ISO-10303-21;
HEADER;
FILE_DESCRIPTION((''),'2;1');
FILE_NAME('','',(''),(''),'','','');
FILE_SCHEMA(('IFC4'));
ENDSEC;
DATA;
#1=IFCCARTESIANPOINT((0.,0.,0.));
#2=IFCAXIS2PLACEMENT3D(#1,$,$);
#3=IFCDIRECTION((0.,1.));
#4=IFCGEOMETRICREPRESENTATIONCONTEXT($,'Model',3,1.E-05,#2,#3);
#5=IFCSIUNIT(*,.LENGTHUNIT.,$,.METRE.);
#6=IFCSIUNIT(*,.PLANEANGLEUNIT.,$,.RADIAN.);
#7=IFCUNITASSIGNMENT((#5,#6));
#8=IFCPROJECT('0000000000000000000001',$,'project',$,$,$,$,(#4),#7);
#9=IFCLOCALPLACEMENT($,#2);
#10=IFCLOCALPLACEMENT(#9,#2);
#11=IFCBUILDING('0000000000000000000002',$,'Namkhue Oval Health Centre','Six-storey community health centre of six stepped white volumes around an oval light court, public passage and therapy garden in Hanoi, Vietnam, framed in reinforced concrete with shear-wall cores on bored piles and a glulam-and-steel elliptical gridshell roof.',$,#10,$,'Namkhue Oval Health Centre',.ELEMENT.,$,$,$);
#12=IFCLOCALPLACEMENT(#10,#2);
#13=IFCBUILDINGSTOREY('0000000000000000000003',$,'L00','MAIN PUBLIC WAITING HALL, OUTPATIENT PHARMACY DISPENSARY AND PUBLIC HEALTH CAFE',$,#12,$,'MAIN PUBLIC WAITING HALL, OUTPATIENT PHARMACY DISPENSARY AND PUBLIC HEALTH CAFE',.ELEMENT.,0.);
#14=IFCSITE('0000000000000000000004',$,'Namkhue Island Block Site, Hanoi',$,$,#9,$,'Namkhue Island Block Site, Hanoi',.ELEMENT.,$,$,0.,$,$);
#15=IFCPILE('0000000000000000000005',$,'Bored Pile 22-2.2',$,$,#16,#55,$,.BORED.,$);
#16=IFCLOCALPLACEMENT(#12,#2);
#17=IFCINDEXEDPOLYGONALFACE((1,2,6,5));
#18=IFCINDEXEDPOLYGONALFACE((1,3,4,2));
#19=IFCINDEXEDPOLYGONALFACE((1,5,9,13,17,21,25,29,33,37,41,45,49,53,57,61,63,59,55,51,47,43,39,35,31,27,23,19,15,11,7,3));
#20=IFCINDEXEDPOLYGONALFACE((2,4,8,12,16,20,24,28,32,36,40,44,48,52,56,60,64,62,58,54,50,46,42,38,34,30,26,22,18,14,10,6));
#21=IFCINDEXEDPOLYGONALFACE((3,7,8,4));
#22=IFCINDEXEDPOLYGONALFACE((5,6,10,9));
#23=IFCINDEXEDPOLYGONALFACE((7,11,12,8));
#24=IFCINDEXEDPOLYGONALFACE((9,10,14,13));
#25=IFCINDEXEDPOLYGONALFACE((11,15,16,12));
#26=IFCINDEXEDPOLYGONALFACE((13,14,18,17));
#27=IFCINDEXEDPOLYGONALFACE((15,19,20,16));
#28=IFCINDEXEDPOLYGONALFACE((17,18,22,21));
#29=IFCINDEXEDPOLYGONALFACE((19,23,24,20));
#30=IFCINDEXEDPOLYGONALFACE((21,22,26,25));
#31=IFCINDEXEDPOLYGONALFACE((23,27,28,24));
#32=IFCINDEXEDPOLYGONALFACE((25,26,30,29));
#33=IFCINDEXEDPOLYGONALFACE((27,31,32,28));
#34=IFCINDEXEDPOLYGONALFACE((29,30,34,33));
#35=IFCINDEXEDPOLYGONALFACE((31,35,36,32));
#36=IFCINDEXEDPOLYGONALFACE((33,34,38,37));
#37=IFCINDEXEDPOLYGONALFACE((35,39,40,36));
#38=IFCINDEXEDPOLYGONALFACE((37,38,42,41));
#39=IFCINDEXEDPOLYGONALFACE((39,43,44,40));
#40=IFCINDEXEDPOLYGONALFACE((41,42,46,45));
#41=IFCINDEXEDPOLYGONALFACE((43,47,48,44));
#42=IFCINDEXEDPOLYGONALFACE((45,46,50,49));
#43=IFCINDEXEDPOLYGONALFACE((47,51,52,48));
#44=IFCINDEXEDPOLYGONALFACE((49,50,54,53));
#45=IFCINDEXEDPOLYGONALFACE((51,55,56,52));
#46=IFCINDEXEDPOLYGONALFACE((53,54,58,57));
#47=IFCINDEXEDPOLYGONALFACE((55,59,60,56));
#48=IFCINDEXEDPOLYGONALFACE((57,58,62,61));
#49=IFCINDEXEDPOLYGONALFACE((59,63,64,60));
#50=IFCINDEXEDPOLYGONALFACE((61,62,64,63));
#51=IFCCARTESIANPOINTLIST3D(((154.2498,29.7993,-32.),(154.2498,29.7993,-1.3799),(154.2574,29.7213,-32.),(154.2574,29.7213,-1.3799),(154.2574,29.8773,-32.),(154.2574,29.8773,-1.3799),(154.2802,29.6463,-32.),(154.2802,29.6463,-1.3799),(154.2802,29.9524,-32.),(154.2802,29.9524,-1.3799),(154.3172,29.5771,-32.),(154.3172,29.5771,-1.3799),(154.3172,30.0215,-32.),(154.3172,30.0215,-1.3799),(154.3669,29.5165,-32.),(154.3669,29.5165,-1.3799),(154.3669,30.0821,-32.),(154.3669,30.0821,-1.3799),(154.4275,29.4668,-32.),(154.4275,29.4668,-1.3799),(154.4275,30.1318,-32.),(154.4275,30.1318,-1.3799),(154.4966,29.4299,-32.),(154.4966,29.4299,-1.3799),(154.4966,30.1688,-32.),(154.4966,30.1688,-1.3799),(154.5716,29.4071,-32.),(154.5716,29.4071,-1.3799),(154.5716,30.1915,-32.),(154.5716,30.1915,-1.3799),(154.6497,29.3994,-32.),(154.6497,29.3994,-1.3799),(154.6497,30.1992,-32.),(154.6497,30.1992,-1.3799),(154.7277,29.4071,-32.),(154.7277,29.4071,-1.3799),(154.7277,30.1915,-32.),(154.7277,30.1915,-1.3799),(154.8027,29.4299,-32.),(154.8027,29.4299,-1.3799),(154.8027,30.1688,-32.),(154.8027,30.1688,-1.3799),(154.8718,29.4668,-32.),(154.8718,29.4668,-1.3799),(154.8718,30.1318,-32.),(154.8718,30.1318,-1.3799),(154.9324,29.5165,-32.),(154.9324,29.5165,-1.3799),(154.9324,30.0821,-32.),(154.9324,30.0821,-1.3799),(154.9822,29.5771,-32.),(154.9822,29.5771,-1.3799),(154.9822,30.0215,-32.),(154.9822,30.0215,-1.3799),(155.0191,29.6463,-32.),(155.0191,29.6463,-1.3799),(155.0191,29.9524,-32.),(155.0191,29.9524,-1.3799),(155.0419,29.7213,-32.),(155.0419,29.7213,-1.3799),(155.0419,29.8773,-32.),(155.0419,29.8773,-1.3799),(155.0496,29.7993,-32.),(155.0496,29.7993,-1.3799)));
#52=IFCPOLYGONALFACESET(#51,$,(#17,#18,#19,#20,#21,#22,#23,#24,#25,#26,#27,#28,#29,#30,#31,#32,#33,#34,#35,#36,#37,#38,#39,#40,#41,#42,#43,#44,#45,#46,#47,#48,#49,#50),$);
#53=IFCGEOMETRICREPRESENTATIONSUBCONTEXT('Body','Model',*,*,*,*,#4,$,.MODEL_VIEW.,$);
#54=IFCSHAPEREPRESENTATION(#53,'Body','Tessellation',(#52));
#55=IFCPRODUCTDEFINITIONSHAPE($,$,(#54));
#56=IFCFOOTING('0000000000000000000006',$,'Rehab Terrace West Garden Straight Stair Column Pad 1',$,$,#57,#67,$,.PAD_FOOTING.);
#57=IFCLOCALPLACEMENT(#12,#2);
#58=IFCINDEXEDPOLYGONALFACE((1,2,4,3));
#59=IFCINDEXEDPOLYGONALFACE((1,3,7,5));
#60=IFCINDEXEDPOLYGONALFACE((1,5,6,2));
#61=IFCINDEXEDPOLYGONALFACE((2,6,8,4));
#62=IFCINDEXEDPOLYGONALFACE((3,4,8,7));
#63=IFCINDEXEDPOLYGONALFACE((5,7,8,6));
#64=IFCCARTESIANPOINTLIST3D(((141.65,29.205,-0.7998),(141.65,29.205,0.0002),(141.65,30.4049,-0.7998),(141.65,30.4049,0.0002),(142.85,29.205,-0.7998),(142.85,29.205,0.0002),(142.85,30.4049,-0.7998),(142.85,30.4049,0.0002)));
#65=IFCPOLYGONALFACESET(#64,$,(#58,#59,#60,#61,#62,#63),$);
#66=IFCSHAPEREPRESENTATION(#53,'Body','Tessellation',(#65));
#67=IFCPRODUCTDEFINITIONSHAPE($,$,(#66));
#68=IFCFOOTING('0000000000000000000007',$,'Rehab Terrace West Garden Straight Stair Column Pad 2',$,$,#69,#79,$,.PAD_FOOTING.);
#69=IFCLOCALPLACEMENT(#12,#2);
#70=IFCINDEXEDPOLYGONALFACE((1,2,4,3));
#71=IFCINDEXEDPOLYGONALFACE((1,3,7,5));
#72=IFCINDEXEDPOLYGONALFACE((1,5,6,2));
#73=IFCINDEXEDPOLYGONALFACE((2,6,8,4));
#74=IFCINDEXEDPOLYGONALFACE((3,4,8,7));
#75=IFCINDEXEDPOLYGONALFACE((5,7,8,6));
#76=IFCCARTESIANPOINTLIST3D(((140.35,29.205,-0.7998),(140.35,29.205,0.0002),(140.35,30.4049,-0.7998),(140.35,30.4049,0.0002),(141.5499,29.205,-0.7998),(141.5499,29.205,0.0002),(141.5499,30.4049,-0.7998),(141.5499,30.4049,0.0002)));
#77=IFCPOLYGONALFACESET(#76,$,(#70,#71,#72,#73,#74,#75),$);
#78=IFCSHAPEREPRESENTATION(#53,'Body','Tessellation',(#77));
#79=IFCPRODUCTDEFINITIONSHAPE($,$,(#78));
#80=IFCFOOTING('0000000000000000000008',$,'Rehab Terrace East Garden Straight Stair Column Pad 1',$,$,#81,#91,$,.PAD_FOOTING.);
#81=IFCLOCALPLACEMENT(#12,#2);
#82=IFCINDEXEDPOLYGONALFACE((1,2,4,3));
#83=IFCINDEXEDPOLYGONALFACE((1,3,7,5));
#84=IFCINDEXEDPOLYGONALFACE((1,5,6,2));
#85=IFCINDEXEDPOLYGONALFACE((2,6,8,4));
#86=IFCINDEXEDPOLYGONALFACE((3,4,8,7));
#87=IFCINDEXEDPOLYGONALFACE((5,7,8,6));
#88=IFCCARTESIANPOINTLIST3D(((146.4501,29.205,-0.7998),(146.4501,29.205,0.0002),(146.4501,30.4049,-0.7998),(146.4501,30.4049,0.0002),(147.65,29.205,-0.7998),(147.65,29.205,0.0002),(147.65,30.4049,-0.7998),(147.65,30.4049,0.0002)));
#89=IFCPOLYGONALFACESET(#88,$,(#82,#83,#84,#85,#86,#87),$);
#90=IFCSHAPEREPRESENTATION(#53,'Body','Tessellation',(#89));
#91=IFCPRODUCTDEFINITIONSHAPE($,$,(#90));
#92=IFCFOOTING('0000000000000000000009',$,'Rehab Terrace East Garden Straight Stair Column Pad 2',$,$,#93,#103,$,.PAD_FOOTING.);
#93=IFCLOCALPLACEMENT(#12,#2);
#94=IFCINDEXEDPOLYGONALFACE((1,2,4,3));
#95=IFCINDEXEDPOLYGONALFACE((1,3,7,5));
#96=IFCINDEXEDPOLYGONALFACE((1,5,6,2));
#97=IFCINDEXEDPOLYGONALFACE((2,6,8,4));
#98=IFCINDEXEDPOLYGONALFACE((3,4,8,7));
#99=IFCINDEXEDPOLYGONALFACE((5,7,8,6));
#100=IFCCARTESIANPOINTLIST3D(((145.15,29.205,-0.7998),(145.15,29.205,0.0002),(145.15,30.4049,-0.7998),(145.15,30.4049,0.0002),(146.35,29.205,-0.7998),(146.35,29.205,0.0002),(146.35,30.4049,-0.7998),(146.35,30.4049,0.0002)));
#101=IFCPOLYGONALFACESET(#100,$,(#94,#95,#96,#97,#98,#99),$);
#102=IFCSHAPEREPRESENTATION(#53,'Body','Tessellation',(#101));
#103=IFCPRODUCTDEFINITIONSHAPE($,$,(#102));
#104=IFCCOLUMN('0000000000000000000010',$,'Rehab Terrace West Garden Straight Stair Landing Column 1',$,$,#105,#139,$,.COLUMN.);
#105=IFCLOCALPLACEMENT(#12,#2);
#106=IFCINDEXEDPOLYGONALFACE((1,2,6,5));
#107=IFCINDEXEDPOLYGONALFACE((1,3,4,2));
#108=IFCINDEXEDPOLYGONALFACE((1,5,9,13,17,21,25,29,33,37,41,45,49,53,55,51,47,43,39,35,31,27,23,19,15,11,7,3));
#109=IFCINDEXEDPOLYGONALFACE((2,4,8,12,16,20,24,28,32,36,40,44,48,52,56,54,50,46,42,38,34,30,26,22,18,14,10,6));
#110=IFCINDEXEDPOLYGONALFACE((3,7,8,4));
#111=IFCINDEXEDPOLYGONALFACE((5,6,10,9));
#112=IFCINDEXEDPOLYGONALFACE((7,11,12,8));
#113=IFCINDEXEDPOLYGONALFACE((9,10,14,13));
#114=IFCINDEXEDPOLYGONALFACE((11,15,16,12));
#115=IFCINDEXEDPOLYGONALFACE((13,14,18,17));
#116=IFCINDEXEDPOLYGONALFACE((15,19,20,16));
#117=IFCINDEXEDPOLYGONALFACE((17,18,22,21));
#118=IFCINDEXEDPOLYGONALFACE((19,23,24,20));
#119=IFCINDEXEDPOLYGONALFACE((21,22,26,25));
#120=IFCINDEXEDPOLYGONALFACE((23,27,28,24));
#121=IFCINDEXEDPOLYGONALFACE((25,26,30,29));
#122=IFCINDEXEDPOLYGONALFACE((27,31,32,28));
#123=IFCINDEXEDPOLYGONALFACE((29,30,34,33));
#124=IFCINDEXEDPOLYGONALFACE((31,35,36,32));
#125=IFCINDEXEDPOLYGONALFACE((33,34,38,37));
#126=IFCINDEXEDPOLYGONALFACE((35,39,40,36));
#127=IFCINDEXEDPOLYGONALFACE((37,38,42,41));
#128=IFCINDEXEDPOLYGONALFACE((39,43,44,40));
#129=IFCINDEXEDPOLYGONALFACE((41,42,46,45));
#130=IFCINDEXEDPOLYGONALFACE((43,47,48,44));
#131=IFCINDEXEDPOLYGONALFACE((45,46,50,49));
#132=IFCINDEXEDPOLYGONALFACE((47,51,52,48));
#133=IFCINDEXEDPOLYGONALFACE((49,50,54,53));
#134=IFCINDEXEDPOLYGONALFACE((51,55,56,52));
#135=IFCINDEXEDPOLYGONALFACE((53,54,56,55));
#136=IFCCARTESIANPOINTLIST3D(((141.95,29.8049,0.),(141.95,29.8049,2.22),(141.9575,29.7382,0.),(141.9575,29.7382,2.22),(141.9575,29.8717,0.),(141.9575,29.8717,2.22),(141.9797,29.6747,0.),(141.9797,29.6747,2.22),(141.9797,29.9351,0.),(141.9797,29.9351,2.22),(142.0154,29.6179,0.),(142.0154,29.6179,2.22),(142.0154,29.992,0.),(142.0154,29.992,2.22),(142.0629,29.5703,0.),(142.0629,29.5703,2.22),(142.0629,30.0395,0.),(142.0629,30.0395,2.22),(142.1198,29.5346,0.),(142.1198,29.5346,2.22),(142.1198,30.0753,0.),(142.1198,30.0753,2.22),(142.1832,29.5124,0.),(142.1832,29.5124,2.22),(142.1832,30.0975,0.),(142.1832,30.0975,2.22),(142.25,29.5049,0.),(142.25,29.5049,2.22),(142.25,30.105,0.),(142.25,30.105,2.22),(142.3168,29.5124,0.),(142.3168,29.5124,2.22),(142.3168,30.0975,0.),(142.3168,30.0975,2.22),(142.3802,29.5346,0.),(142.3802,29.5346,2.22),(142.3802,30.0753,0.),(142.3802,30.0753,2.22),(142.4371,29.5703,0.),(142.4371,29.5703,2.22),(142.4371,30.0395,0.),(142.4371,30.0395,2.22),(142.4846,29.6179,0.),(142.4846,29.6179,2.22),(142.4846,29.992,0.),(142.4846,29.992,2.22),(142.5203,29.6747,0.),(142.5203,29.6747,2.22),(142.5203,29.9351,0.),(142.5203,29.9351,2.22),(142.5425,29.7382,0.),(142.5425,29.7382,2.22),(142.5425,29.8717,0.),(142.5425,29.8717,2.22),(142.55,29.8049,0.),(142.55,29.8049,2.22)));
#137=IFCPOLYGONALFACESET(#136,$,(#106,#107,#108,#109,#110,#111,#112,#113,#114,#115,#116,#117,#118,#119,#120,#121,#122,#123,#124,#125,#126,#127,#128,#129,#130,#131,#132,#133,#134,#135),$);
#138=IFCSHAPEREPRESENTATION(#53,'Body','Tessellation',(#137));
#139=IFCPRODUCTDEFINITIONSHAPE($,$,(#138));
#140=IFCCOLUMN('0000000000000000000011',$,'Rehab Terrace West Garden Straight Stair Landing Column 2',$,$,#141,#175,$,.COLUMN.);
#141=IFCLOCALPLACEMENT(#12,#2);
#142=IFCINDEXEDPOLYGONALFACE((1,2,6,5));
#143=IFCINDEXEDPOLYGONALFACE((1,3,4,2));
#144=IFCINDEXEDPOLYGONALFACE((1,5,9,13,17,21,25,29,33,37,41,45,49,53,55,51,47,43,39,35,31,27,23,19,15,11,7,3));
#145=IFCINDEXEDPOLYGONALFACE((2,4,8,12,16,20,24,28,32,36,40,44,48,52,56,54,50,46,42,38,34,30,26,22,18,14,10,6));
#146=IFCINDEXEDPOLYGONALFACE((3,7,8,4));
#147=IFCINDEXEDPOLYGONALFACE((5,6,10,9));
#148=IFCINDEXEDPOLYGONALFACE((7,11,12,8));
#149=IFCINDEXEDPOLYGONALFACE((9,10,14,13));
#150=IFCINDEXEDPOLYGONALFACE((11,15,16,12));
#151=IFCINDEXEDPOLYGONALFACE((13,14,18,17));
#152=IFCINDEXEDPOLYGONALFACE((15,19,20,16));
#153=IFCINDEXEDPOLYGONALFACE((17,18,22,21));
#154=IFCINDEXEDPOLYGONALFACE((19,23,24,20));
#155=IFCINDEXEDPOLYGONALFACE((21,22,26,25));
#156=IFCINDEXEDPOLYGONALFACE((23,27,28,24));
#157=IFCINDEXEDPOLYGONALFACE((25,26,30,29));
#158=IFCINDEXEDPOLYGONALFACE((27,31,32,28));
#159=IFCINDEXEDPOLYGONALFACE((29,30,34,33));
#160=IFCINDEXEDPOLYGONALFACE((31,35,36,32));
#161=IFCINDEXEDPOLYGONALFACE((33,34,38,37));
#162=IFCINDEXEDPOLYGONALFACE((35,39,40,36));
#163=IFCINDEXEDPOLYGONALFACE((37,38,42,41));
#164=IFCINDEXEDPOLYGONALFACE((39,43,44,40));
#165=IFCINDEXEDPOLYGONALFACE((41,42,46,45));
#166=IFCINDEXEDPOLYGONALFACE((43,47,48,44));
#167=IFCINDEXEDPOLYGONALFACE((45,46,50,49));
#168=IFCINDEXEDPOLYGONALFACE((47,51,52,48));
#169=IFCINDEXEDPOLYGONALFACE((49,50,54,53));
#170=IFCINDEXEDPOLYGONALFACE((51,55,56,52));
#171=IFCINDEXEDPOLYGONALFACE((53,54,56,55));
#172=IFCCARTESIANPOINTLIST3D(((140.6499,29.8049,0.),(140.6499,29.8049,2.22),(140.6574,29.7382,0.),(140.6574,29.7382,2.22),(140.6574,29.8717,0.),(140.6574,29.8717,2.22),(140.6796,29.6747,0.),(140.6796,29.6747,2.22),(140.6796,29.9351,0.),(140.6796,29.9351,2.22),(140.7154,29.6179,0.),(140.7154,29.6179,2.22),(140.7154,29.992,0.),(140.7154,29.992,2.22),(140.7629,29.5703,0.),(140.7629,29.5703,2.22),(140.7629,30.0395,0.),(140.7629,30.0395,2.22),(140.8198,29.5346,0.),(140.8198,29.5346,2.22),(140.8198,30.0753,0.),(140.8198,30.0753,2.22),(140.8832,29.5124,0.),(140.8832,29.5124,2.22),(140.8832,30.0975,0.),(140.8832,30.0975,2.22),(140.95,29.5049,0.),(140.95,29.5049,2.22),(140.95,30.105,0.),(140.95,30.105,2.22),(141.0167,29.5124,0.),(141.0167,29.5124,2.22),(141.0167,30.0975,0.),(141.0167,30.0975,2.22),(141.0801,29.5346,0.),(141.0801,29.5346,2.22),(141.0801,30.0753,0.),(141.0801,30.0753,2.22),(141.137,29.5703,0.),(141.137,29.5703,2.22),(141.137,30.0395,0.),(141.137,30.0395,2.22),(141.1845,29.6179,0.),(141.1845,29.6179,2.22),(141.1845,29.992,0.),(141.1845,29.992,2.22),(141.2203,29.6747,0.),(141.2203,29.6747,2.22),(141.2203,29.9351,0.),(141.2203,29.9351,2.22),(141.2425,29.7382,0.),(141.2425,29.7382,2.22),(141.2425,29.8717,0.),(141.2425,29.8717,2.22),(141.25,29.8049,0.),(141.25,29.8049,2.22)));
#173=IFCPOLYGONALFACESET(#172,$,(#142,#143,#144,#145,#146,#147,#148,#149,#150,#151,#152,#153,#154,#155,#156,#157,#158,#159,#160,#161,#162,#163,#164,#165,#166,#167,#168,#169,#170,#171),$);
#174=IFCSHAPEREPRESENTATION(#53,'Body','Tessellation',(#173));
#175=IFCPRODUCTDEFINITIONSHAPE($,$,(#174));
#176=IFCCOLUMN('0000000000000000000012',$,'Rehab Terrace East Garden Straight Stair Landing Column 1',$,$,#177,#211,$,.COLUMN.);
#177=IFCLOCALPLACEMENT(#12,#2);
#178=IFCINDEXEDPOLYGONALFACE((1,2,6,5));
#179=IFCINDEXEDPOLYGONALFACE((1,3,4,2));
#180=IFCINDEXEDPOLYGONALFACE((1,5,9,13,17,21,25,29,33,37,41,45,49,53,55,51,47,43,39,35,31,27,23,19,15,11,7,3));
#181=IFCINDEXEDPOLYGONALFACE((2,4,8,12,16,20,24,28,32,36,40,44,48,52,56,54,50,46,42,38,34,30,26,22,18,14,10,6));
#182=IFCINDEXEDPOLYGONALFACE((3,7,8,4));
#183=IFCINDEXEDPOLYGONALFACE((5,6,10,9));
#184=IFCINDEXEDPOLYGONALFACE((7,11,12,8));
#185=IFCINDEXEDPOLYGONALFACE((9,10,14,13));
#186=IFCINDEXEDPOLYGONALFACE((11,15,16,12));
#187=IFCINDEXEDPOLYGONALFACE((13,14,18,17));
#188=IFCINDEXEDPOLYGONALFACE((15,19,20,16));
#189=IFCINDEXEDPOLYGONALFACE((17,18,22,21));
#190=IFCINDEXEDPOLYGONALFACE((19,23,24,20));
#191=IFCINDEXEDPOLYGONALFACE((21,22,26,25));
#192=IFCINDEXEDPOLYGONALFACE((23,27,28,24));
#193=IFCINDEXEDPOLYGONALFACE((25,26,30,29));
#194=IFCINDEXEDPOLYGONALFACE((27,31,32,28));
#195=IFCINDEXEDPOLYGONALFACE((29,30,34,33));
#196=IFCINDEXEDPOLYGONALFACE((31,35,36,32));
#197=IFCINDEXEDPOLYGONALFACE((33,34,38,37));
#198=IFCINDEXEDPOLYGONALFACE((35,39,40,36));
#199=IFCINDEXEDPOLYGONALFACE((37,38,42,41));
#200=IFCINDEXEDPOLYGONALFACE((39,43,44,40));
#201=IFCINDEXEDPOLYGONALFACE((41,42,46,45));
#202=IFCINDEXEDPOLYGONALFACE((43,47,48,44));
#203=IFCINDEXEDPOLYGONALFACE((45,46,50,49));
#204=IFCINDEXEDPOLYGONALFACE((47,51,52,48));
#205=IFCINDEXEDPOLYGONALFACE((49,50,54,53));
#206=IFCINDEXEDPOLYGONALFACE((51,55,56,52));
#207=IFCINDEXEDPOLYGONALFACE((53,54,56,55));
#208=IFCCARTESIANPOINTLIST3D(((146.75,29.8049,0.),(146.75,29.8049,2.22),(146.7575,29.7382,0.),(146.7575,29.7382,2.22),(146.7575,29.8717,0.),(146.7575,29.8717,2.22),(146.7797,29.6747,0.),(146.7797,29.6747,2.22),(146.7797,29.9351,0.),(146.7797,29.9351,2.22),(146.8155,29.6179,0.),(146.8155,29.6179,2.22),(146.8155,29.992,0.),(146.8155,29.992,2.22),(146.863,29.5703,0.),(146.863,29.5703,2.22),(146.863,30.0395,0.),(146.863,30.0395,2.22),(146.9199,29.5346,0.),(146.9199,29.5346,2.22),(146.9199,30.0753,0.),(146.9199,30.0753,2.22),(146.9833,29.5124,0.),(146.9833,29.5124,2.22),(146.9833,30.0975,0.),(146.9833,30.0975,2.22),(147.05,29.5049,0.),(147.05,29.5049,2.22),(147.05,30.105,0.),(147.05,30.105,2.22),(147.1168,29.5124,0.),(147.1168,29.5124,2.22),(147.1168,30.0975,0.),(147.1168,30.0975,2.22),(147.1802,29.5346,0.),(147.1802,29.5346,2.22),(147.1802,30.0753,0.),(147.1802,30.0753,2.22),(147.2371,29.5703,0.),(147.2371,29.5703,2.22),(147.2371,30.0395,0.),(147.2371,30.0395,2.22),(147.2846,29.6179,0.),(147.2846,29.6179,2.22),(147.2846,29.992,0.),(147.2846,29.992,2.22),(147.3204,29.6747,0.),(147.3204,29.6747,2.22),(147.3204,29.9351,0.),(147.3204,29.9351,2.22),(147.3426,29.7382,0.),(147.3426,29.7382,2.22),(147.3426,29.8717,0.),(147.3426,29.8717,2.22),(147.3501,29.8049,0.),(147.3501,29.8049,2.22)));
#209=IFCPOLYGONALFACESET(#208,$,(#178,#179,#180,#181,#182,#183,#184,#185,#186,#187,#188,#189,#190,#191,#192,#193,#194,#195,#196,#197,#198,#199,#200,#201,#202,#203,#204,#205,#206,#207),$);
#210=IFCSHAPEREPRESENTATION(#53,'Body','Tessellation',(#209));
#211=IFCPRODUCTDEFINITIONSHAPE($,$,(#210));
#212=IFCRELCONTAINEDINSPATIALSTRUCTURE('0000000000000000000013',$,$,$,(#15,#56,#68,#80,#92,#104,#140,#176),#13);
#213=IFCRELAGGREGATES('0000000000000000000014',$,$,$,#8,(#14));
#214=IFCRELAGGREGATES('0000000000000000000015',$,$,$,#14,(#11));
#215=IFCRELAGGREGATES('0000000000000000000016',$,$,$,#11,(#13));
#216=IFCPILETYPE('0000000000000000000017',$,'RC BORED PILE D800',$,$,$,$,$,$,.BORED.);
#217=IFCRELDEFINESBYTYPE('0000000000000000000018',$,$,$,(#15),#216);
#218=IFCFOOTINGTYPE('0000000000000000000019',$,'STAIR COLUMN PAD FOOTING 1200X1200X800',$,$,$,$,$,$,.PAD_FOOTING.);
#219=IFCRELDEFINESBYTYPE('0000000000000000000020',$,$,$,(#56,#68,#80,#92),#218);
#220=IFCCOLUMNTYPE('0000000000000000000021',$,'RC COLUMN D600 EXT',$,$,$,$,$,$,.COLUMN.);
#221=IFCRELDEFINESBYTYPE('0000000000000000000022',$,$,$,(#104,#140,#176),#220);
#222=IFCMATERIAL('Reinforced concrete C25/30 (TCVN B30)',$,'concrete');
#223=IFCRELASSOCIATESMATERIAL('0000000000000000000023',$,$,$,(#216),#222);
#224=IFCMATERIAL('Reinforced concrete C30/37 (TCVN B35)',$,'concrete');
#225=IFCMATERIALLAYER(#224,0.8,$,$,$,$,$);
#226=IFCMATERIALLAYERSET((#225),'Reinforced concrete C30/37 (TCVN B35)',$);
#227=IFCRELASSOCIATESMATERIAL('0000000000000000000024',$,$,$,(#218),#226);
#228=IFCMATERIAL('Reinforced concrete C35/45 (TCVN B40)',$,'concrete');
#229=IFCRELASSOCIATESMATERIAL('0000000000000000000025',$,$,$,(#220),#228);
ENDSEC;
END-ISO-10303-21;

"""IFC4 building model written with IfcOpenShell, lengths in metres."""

from ifc_helpers import new_model, si_unit, direction, frame, origin, origin_2d, place, context, subcontext, project, spatial, rectangle, circle, extrude, material, layer, layer_set, material_profile, profile_set, type_object, element, save


model = new_model("IFC4")

# Units and contexts
model_context = context("Model", 3, precision=1e-05, world=origin(), true_north=direction((0.0, 1.0)))
body_context = subcontext(model_context, "Body", "Model", "MODEL_VIEW")
ifc_project = project(units=[si_unit("LENGTHUNIT", "METRE"), si_unit("PLANEANGLEUNIT", "RADIAN")], contexts=[model_context])

# Site, building, storey
site_placement = place(None, origin())
site = spatial("IfcSite", under=ifc_project, at=site_placement, Name="Namkhue Island Block Site, Hanoi", LongName="Namkhue Island Block Site, Hanoi", CompositionType="ELEMENT", RefElevation=0.0)
building_placement = place(site_placement, origin())
building = spatial("IfcBuilding", under=site, at=building_placement, Name="Namkhue Oval Health Centre", Description="Six-storey community health centre of six stepped white volumes around an oval light court, public passage and therapy garden in Hanoi, Vietnam, framed in reinforced concrete with shear-wall cores on bored piles and a glulam-and-steel elliptical gridshell roof.", LongName="Namkhue Oval Health Centre", CompositionType="ELEMENT")
storey_placement = place(building_placement, origin())
storey = spatial("IfcBuildingStorey", under=building, at=storey_placement, Name="L00", Description="MAIN PUBLIC WAITING HALL, OUTPATIENT PHARMACY DISPENSARY AND PUBLIC HEALTH CAFE", LongName="MAIN PUBLIC WAITING HALL, OUTPATIENT PHARMACY DISPENSARY AND PUBLIC HEALTH CAFE", CompositionType="ELEMENT", Elevation=0.0)

# Shared definitions
ifc_material_1 = material(Name="Reinforced concrete C30/37 (TCVN B35)", Category="concrete")

# Pile
ifc_material_2 = material(Name="Reinforced concrete C25/30 (TCVN B30)", Category="concrete")
ifc_material_profile_1 = material_profile(ifc_material_2, circle(Radius=0.3999, at=origin_2d()), Name="BORED PILE D800")
ifc_profile_set_1 = profile_set([ifc_material_profile_1], Name="Reinforced concrete C25/30 (TCVN B30)")
pile_type = type_object("IfcPileType", Name="RC BORED PILE D800", PredefinedType="BORED", material=ifc_profile_set_1)
for number, where, z_axis, x_axis, name in (
    (1, (154.6497, 29.7993, -1.3799), (0.0, 0.0, -1.0), (1.0, 0.0, 0.0), "Bored Pile 22-2.2"),
):
    element("IfcPile", number, at=place(storey_placement, frame(where, z_axis=z_axis, x_axis=x_axis)), inside=storey, type_object=pile_type, Name=name, PredefinedType="BORED", context=body_context, shape_type="SweptSolid", body=[
        extrude(circle(Radius=0.3999, at=origin_2d()), origin(), (0.0, 0.0, 1.0), 30.6201),
    ])

# Footings
ifc_layer_1 = layer(ifc_material_1, 0.8)
ifc_layer_set_1 = layer_set([ifc_layer_1], Name="Reinforced concrete C30/37 (TCVN B35)")
footing_type_1 = type_object("IfcFootingType", Name="STAIR COLUMN PAD FOOTING 1200X1200X800", PredefinedType="PAD_FOOTING", material=ifc_layer_set_1)
for number, where, z_axis, x_axis, name in (
    (2, (142.25, 29.8049, -0.7998), (0.0, 0.0, 1.0), (1.0, 0.0, 0.0), "Rehab Terrace West Garden Straight Stair Column Pad 1"),
    (3, (140.95, 29.8049, -0.7998), (0.0, 0.0, 1.0), (1.0, 0.0, 0.0), "Rehab Terrace West Garden Straight Stair Column Pad 2"),
    (4, (147.05, 29.8049, -0.7998), (0.0, 0.0, 1.0), (1.0, 0.0, 0.0), "Rehab Terrace East Garden Straight Stair Column Pad 1"),
    (5, (145.75, 29.8049, -0.7998), (0.0, 0.0, 1.0), (1.0, 0.0, 0.0), "Rehab Terrace East Garden Straight Stair Column Pad 2"),
):
    element("IfcFooting", number, at=place(storey_placement, frame(where, z_axis=z_axis, x_axis=x_axis)), inside=storey, type_object=footing_type_1, Name=name, PredefinedType="PAD_FOOTING", context=body_context, shape_type="SweptSolid", body=[
        extrude(rectangle(XDim=1.2, YDim=1.2, at=origin_2d()), origin(), (0.0, 0.0, 1.0), 0.8),
    ])

# Columns
ifc_material_3 = material(Name="Reinforced concrete C35/45 (TCVN B40)", Category="concrete")
ifc_material_profile_2 = material_profile(ifc_material_3, circle(Radius=0.3, at=origin_2d()), Name="RC D600")
ifc_profile_set_2 = profile_set([ifc_material_profile_2], Name="Reinforced concrete C35/45 (TCVN B40)")
column_type_1 = type_object("IfcColumnType", Name="RC COLUMN D600 EXT", PredefinedType="COLUMN", material=ifc_profile_set_2)
for number, where, z_axis, x_axis, name in (
    (6, (142.25, 29.8049, 0.0), (0.0, 0.0, 1.0), (1.0, 0.0, 0.0), "Rehab Terrace West Garden Straight Stair Landing Column 1"),
    (7, (140.95, 29.8049, 0.0), (0.0, 0.0, 1.0), (1.0, 0.0, 0.0), "Rehab Terrace West Garden Straight Stair Landing Column 2"),
    (8, (147.05, 29.8049, 0.0), (0.0, 0.0, 1.0), (1.0, 0.0, 0.0), "Rehab Terrace East Garden Straight Stair Landing Column 1"),
):
    element("IfcColumn", number, at=place(storey_placement, frame(where, z_axis=z_axis, x_axis=x_axis)), inside=storey, type_object=column_type_1, Name=name, PredefinedType="COLUMN", context=body_context, shape_type="SweptSolid", body=[
        extrude(circle(Radius=0.3, at=origin_2d()), origin(), (0.0, 0.0, 1.0), 2.22),
    ])

save(model, "model.ifc")
